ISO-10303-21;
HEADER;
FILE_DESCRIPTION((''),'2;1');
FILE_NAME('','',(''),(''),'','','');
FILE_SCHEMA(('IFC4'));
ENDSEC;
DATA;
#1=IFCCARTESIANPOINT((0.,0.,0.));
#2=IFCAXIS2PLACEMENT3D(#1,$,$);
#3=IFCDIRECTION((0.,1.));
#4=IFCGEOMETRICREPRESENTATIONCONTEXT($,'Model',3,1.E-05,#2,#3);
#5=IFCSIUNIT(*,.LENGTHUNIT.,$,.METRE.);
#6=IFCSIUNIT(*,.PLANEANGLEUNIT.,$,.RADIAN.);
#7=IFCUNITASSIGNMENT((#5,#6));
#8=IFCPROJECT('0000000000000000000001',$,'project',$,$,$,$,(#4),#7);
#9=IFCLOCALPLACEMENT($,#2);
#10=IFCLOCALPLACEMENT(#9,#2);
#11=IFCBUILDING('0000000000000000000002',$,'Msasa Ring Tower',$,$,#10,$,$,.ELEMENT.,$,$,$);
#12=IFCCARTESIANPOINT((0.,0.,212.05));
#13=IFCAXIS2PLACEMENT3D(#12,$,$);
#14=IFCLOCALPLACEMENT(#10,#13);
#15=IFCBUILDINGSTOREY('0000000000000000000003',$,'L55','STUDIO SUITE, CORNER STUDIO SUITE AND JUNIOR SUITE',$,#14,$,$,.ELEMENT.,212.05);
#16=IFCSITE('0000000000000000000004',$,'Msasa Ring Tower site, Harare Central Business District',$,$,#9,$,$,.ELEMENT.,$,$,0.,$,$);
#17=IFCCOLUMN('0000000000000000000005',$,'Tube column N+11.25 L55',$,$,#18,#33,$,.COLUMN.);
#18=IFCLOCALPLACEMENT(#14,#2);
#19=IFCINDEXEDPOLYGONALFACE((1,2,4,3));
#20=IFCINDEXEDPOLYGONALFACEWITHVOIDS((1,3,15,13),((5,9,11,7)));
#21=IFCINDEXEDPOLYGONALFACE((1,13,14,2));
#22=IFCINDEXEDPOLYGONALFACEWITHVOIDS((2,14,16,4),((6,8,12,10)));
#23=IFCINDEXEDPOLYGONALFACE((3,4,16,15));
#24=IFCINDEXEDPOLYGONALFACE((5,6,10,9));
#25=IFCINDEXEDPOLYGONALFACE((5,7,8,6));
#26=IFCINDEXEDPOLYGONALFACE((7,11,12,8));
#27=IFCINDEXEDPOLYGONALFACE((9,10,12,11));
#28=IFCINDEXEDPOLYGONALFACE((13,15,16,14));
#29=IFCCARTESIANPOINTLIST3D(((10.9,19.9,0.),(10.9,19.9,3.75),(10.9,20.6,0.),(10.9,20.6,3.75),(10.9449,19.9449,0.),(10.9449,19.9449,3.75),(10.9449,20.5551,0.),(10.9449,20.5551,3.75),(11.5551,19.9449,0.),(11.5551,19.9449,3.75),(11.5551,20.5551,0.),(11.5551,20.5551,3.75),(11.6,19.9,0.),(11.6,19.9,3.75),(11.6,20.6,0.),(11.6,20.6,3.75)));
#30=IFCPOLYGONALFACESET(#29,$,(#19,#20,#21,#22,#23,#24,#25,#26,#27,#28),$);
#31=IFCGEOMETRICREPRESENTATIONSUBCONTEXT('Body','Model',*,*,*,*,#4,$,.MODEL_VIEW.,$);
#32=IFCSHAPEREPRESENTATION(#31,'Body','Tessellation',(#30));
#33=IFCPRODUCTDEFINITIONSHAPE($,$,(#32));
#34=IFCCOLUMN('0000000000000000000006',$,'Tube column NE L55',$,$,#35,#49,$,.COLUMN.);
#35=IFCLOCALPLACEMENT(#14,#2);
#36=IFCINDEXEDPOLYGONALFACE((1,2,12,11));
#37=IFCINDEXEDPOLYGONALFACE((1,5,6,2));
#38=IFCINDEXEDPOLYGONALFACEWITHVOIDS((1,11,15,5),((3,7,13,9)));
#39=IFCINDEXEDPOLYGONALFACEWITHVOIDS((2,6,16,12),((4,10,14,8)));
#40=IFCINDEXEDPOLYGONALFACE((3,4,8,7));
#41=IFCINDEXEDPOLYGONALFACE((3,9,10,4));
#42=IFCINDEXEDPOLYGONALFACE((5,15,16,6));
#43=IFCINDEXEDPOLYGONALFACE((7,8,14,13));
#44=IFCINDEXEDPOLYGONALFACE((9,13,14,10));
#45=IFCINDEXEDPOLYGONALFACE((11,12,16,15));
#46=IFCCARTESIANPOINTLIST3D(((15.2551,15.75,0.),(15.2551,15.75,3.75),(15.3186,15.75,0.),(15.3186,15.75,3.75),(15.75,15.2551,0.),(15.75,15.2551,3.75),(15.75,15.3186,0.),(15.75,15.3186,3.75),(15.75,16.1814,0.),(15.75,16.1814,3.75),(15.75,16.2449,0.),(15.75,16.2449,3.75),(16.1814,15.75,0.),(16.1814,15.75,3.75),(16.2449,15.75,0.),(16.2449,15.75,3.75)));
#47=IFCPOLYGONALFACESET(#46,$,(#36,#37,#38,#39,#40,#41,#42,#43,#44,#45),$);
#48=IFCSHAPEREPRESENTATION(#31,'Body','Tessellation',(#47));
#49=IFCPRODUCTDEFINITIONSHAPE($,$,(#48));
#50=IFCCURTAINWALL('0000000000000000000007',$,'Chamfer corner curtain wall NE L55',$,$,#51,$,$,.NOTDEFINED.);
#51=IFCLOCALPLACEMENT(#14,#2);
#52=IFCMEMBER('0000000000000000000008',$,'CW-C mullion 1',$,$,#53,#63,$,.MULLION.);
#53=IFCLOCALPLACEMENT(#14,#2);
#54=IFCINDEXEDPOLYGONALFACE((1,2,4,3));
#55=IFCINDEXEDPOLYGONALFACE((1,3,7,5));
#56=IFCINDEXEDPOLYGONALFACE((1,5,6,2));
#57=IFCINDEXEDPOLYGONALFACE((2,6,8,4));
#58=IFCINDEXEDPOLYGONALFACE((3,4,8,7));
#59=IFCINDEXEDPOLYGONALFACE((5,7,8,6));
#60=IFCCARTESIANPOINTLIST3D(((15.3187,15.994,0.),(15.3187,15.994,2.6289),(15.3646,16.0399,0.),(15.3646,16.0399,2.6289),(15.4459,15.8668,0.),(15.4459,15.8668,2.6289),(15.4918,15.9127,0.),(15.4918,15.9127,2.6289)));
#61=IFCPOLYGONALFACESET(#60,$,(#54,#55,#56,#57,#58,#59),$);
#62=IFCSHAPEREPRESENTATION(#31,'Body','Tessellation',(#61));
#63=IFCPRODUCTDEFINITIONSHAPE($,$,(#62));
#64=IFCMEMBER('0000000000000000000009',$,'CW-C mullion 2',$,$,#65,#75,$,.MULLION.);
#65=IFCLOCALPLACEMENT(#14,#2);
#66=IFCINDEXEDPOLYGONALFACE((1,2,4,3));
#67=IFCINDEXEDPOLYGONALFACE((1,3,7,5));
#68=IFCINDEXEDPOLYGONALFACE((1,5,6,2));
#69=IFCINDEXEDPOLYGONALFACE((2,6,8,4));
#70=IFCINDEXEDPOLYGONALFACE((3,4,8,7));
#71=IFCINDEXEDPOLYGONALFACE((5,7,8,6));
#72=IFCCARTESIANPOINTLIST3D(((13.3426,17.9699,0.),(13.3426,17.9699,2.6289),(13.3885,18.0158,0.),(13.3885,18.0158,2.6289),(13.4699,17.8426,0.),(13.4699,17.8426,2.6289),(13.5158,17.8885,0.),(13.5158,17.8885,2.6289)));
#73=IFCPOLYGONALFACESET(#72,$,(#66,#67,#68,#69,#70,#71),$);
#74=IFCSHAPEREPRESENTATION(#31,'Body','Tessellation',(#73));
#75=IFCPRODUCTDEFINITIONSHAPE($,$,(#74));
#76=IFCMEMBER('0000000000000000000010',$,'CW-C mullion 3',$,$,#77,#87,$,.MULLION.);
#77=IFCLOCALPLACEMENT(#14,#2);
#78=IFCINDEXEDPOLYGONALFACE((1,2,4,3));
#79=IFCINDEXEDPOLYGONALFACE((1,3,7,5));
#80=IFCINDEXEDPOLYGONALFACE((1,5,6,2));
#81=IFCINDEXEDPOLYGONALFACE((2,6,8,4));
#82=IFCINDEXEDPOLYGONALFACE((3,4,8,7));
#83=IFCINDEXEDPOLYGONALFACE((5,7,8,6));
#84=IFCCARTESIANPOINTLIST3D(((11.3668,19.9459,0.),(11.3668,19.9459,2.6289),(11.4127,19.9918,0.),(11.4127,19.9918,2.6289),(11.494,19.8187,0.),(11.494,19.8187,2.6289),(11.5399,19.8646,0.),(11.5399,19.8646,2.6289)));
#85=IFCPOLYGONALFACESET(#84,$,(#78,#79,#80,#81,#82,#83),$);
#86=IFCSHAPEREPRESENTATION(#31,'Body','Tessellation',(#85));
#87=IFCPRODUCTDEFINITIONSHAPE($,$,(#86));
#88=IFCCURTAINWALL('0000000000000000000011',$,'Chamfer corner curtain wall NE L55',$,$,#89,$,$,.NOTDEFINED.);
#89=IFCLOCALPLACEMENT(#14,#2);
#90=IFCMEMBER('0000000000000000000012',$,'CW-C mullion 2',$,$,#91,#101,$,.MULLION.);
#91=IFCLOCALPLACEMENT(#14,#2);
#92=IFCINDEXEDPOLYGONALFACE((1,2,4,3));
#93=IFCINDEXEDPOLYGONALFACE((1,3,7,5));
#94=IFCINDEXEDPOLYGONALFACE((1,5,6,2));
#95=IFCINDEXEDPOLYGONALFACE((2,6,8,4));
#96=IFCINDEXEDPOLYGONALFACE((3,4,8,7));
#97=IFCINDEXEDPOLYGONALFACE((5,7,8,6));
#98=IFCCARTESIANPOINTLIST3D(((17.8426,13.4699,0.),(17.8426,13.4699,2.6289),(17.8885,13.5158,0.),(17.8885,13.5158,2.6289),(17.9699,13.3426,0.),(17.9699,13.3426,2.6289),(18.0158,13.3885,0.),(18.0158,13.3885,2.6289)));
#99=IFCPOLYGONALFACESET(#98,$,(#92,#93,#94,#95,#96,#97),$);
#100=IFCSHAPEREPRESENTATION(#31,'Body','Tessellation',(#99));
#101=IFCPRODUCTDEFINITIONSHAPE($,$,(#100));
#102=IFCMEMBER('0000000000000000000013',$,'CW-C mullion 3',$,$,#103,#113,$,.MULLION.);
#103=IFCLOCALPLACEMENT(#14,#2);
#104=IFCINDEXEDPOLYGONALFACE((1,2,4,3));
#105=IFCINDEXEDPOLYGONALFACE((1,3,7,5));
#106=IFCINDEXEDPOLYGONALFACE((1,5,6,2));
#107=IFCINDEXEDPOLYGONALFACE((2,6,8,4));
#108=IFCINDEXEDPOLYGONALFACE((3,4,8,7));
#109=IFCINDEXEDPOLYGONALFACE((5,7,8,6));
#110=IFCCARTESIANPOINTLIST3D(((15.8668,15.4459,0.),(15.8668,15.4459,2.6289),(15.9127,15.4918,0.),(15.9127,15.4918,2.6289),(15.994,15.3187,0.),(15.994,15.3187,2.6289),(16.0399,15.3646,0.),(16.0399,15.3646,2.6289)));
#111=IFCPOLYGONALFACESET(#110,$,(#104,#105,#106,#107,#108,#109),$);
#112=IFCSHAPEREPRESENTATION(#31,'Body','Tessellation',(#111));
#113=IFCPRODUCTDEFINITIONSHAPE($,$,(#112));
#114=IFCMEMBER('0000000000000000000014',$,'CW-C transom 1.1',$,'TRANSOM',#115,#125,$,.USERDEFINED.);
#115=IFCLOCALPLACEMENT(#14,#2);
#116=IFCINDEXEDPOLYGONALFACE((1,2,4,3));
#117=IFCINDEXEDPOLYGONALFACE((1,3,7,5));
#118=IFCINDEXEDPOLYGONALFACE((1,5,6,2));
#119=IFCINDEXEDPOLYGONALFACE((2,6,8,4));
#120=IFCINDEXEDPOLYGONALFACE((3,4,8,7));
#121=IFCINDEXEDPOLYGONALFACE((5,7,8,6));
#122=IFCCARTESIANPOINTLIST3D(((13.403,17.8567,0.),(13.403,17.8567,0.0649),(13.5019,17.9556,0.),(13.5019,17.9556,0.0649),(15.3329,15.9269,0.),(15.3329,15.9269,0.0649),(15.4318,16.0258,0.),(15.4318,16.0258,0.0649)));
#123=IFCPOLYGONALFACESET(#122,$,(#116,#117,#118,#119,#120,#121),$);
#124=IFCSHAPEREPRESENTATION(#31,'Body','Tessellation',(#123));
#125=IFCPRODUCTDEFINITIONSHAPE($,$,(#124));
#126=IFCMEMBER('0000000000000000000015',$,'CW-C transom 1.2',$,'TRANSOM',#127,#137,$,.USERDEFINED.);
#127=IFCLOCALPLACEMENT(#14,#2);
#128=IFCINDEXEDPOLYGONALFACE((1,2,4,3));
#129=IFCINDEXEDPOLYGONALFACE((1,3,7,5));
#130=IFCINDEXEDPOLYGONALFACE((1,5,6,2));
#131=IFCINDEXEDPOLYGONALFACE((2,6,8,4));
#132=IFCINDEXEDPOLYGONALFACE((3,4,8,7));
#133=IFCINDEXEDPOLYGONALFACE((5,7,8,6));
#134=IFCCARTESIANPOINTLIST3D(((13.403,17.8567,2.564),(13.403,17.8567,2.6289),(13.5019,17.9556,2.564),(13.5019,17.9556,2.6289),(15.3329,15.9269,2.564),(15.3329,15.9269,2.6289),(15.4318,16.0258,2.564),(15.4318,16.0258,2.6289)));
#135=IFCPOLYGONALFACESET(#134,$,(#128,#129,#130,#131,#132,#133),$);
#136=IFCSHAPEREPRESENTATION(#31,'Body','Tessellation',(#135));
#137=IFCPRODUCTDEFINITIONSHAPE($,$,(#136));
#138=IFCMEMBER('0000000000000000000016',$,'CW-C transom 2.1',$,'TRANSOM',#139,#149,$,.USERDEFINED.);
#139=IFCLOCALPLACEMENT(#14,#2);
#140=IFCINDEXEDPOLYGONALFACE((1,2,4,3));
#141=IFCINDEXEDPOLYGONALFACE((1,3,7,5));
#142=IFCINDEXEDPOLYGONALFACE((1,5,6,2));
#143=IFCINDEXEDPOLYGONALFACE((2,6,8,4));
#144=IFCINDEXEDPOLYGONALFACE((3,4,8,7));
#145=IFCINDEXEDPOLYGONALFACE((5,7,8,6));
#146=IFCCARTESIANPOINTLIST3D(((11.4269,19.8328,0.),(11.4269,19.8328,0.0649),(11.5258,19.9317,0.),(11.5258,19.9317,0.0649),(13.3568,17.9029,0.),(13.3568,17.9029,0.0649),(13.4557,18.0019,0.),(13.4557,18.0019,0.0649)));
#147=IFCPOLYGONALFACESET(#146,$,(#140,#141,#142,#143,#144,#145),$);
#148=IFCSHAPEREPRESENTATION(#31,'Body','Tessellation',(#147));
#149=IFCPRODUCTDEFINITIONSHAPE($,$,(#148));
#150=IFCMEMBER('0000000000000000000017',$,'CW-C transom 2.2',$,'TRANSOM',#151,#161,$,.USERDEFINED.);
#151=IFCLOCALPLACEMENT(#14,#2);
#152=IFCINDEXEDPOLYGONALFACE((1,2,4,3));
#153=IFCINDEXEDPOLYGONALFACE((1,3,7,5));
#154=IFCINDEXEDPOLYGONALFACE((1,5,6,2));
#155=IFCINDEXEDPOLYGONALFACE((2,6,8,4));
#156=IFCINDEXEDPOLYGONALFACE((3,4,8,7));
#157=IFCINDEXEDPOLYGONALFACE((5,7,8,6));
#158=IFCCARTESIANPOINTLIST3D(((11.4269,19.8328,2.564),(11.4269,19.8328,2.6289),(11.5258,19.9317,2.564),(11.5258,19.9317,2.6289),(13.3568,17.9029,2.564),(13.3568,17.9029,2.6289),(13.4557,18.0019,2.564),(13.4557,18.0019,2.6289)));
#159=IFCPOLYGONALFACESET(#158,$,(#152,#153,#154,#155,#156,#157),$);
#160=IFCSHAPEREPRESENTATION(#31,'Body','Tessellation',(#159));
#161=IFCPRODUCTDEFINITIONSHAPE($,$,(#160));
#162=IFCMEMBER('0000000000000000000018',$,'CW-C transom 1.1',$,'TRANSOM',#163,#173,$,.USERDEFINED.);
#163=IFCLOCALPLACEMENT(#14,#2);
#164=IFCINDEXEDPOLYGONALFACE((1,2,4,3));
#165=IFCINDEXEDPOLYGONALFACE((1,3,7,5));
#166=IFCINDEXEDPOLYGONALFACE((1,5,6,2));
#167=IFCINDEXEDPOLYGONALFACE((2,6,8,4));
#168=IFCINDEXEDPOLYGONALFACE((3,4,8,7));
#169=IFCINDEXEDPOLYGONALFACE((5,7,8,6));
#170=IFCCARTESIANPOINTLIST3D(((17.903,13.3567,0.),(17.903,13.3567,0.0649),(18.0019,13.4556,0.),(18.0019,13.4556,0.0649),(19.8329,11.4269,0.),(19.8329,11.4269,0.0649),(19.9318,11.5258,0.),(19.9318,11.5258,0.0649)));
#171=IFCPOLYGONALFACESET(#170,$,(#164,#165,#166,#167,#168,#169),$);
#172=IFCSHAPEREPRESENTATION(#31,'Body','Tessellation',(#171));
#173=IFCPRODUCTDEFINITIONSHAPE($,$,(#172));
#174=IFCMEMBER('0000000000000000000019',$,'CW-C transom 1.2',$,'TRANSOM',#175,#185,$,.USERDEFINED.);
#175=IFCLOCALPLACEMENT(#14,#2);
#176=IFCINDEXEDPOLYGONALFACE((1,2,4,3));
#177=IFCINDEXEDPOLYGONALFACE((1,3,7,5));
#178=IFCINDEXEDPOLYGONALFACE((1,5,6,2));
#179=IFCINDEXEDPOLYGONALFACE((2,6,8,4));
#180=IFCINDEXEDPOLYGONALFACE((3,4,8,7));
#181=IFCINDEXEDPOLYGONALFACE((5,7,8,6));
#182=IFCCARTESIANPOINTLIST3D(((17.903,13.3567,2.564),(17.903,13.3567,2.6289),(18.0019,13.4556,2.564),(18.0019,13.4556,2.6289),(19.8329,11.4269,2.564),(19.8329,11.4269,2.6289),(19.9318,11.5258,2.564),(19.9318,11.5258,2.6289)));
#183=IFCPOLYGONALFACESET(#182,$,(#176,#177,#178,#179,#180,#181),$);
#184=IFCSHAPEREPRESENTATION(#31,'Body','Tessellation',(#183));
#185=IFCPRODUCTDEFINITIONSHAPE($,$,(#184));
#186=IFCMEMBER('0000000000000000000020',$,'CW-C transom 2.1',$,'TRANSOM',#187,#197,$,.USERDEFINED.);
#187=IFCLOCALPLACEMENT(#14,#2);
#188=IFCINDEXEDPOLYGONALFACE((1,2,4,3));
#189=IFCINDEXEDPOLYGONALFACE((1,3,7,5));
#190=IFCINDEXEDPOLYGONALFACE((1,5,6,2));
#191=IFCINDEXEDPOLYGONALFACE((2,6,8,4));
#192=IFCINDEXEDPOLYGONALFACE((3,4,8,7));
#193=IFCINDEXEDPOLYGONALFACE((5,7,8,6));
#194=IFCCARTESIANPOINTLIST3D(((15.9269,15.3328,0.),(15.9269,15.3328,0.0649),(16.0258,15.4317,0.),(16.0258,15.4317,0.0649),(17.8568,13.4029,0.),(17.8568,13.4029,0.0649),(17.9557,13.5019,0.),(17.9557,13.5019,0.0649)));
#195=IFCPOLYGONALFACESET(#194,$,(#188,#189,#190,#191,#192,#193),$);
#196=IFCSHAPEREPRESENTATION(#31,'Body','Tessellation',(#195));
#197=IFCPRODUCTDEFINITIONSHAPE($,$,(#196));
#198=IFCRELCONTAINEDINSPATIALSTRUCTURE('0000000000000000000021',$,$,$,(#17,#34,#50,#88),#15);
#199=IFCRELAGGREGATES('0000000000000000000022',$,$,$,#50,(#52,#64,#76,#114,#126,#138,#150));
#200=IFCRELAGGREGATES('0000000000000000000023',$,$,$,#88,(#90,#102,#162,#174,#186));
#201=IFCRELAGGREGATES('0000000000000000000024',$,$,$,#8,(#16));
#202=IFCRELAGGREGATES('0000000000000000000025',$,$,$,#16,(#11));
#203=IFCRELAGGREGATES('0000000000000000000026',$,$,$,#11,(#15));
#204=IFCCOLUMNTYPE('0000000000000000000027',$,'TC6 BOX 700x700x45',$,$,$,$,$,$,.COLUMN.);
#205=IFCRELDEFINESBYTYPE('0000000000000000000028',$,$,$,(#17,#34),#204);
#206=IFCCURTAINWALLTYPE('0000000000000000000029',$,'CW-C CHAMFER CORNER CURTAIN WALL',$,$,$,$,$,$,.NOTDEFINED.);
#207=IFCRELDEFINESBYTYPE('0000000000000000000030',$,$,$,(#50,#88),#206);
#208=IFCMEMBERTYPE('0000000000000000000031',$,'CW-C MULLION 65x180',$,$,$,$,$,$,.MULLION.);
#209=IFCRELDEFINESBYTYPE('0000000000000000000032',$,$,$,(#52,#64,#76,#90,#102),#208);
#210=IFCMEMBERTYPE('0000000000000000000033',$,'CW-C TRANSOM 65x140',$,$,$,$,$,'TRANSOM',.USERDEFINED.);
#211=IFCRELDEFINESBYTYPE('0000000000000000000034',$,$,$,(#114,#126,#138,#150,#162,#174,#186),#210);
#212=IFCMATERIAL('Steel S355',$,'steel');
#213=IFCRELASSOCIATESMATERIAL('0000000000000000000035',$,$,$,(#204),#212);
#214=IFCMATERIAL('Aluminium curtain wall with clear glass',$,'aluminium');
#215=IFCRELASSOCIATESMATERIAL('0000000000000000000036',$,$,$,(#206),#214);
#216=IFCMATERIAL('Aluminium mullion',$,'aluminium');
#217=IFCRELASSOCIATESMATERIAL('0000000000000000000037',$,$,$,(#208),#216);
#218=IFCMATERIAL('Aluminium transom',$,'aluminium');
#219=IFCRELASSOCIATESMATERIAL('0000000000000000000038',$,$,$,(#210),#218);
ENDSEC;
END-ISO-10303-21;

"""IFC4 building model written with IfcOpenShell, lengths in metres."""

from ifc_helpers import new_model, si_unit, direction, frame, origin, origin_2d, place, context, subcontext, project, spatial, rectangle, hollow_rectangle, extrude, material, material_profile, profile_set, type_object, element, aggregate, save


model = new_model("IFC4")

# Units and contexts
model_context = context("Model", 3, precision=1e-05, world=origin(), true_north=direction((0.0, 1.0)))
body_context = subcontext(model_context, "Body", "Model", "MODEL_VIEW")
ifc_project = project(units=[si_unit("LENGTHUNIT", "METRE"), si_unit("PLANEANGLEUNIT", "RADIAN")], contexts=[model_context])

# Site, building, storey
site_placement = place(None, origin())
site = spatial("IfcSite", under=ifc_project, at=site_placement, Name="Msasa Ring Tower site, Harare Central Business District", CompositionType="ELEMENT", RefElevation=0.0)
building_placement = place(site_placement, origin())
building = spatial("IfcBuilding", under=site, at=building_placement, Name="Msasa Ring Tower", CompositionType="ELEMENT")
storey_placement = place(building_placement, frame((0.0, 0.0, 212.05)))
storey = spatial("IfcBuildingStorey", under=building, at=storey_placement, Name="L55", Description="STUDIO SUITE, CORNER STUDIO SUITE AND JUNIOR SUITE", CompositionType="ELEMENT", Elevation=212.05)

# Columns
ifc_material_1 = material(Name="Steel S355", Category="steel")
ifc_material_profile_1 = material_profile(ifc_material_1, hollow_rectangle(XDim=0.7, YDim=0.7, WallThickness=0.0449, at=origin_2d()), Name="BOX 700x700x45")
ifc_profile_set_1 = profile_set([ifc_material_profile_1], Name="Steel S355")
column_type = type_object("IfcColumnType", Name="TC6 BOX 700x700x45", PredefinedType="COLUMN", material=ifc_profile_set_1)
for number, where, z_axis, x_axis, name in (
    (1, (11.25, 20.25, 0.0), (0.0, 0.0, 1.0), (0.0, 1.0, 0.0), "Tube column N+11.25 L55"),
    (2, (15.75, 15.75, 0.0), (0.0, 0.0, 1.0), (0.707107, 0.707107, 0.0), "Tube column NE L55"),
):
    element("IfcColumn", number, at=place(storey_placement, frame(where, z_axis=z_axis, x_axis=x_axis)), inside=storey, type_object=column_type, Name=name, PredefinedType="COLUMN", context=body_context, shape_type="SweptSolid", body=[
        extrude(hollow_rectangle(XDim=0.7, YDim=0.7, WallThickness=0.0449, at=origin_2d()), origin(), (0.0, 0.0, 1.0), 3.75),
    ])

# Curtain walls, members
ifc_material_2 = material(Name="Aluminium curtain wall with clear glass", Category="aluminium")
curtain_wall_type = type_object("IfcCurtainWallType", Name="CW-C CHAMFER CORNER CURTAIN WALL", PredefinedType="NOTDEFINED", material=ifc_material_2)
curtain_wall_1_placement = place(storey_placement, origin())
curtain_wall_1 = element("IfcCurtainWall", 3, at=curtain_wall_1_placement, inside=storey, type_object=curtain_wall_type, Name="Chamfer corner curtain wall NE L55", PredefinedType="NOTDEFINED")
ifc_material_3 = material(Name="Aluminium mullion", Category="aluminium")
ifc_material_profile_2 = material_profile(ifc_material_3, rectangle(XDim=0.0649, YDim=0.1799, at=origin_2d()), Name="AL 65x180")
ifc_profile_set_2 = profile_set([ifc_material_profile_2], Name="Aluminium mullion")
member_type_1 = type_object("IfcMemberType", Name="CW-C MULLION 65x180", PredefinedType="MULLION", material=ifc_profile_set_2)
member_1_placement = place(storey_placement, frame((15.4053, 15.9534, 0.0), z_axis=(0.0, 0.0, 1.0), x_axis=(-0.707107, -0.707107, 0.0)))
member_1 = element("IfcMember", 4, at=member_1_placement, type_object=member_type_1, Name="CW-C mullion 1", PredefinedType="MULLION", context=body_context, shape_type="SweptSolid", body=[
    extrude(rectangle(XDim=0.0649, YDim=0.1799, at=origin_2d()), origin(), (0.0, 0.0, 1.0), 2.6289),
])
member_2_placement = place(storey_placement, frame((13.4292, 17.9292, 0.0), z_axis=(0.0, 0.0, 1.0), x_axis=(-0.707107, -0.707107, 0.0)))
member_2 = element("IfcMember", 5, at=member_2_placement, type_object=member_type_1, Name="CW-C mullion 2", PredefinedType="MULLION", context=body_context, shape_type="SweptSolid", body=[
    extrude(rectangle(XDim=0.0649, YDim=0.1799, at=origin_2d()), origin(), (0.0, 0.0, 1.0), 2.6289),
])
member_3_placement = place(storey_placement, frame((11.4534, 19.9053, 0.0), z_axis=(0.0, 0.0, 1.0), x_axis=(-0.707107, -0.707107, 0.0)))
member_3 = element("IfcMember", 6, at=member_3_placement, type_object=member_type_1, Name="CW-C mullion 3", PredefinedType="MULLION", context=body_context, shape_type="SweptSolid", body=[
    extrude(rectangle(XDim=0.0649, YDim=0.1799, at=origin_2d()), origin(), (0.0, 0.0, 1.0), 2.6289),
])
curtain_wall_2_placement = place(storey_placement, origin())
curtain_wall_2 = element("IfcCurtainWall", 7, at=curtain_wall_2_placement, inside=storey, type_object=curtain_wall_type, Name="Chamfer corner curtain wall NE L55", PredefinedType="NOTDEFINED")
member_4_placement = place(storey_placement, frame((17.9292, 13.4292, 0.0), z_axis=(0.0, 0.0, 1.0), x_axis=(-0.707107, -0.707107, 0.0)))
member_4 = element("IfcMember", 8, at=member_4_placement, type_object=member_type_1, Name="CW-C mullion 2", PredefinedType="MULLION", context=body_context, shape_type="SweptSolid", body=[
    extrude(rectangle(XDim=0.0649, YDim=0.1799, at=origin_2d()), origin(), (0.0, 0.0, 1.0), 2.6289),
])
member_5_placement = place(storey_placement, frame((15.9534, 15.4053, 0.0), z_axis=(0.0, 0.0, 1.0), x_axis=(-0.707107, -0.707107, 0.0)))
member_5 = element("IfcMember", 9, at=member_5_placement, type_object=member_type_1, Name="CW-C mullion 3", PredefinedType="MULLION", context=body_context, shape_type="SweptSolid", body=[
    extrude(rectangle(XDim=0.0649, YDim=0.1799, at=origin_2d()), origin(), (0.0, 0.0, 1.0), 2.6289),
])

# Members
ifc_material_4 = material(Name="Aluminium transom", Category="aluminium")
ifc_material_profile_3 = material_profile(ifc_material_4, rectangle(XDim=0.1399, YDim=0.0649, at=origin_2d()), Name="AL 65x140")
ifc_profile_set_3 = profile_set([ifc_material_profile_3], Name="Aluminium transom")
member_type_2 = type_object("IfcMemberType", Name="CW-C TRANSOM 65x140", ElementType="TRANSOM", PredefinedType="USERDEFINED", material=ifc_profile_set_3)
member_6_placement = place(storey_placement, frame((15.3823, 15.9763, 0.0325), z_axis=(-0.707107, 0.707107, 0.0), x_axis=(-0.707107, -0.707107, 0.0)))
member_6 = element("IfcMember", 10, at=member_6_placement, type_object=member_type_2, Name="CW-C transom 1.1", ObjectType="TRANSOM", PredefinedType="USERDEFINED", context=body_context, shape_type="SweptSolid", body=[
    extrude(rectangle(XDim=0.1399, YDim=0.0649, at=origin_2d()), origin(), (0.0, 0.0, 1.0), 2.7292),
])
member_7_placement = place(storey_placement, frame((15.3823, 15.9763, 2.5964), z_axis=(-0.707107, 0.707107, 0.0), x_axis=(-0.707107, -0.707107, 0.0)))
member_7 = element("IfcMember", 11, at=member_7_placement, type_object=member_type_2, Name="CW-C transom 1.2", ObjectType="TRANSOM", PredefinedType="USERDEFINED", context=body_context, shape_type="SweptSolid", body=[
    extrude(rectangle(XDim=0.1399, YDim=0.0649, at=origin_2d()), origin(), (0.0, 0.0, 1.0), 2.7292),
])
member_8_placement = place(storey_placement, frame((13.4062, 17.9524, 0.0325), z_axis=(-0.707107, 0.707107, 0.0), x_axis=(-0.707107, -0.707107, 0.0)))
member_8 = element("IfcMember", 12, at=member_8_placement, type_object=member_type_2, Name="CW-C transom 2.1", ObjectType="TRANSOM", PredefinedType="USERDEFINED", context=body_context, shape_type="SweptSolid", body=[
    extrude(rectangle(XDim=0.1399, YDim=0.0649, at=origin_2d()), origin(), (0.0, 0.0, 1.0), 2.7292),
])
member_9_placement = place(storey_placement, frame((13.4062, 17.9524, 2.5964), z_axis=(-0.707107, 0.707107, 0.0), x_axis=(-0.707107, -0.707107, 0.0)))
member_9 = element("IfcMember", 13, at=member_9_placement, type_object=member_type_2, Name="CW-C transom 2.2", ObjectType="TRANSOM", PredefinedType="USERDEFINED", context=body_context, shape_type="SweptSolid", body=[
    extrude(rectangle(XDim=0.1399, YDim=0.0649, at=origin_2d()), origin(), (0.0, 0.0, 1.0), 2.7292),
])
member_10_placement = place(storey_placement, frame((19.8823, 11.4763, 0.0325), z_axis=(-0.707107, 0.707107, 0.0), x_axis=(-0.707107, -0.707107, 0.0)))
member_10 = element("IfcMember", 14, at=member_10_placement, type_object=member_type_2, Name="CW-C transom 1.1", ObjectType="TRANSOM", PredefinedType="USERDEFINED", context=body_context, shape_type="SweptSolid", body=[
    extrude(rectangle(XDim=0.1399, YDim=0.0649, at=origin_2d()), origin(), (0.0, 0.0, 1.0), 2.7292),
])
member_11_placement = place(storey_placement, frame((19.8823, 11.4763, 2.5964), z_axis=(-0.707107, 0.707107, 0.0), x_axis=(-0.707107, -0.707107, 0.0)))
member_11 = element("IfcMember", 15, at=member_11_placement, type_object=member_type_2, Name="CW-C transom 1.2", ObjectType="TRANSOM", PredefinedType="USERDEFINED", context=body_context, shape_type="SweptSolid", body=[
    extrude(rectangle(XDim=0.1399, YDim=0.0649, at=origin_2d()), origin(), (0.0, 0.0, 1.0), 2.7292),
])
member_12_placement = place(storey_placement, frame((17.9062, 13.4524, 0.0325), z_axis=(-0.707107, 0.707107, 0.0), x_axis=(-0.707107, -0.707107, 0.0)))
member_12 = element("IfcMember", 16, at=member_12_placement, type_object=member_type_2, Name="CW-C transom 2.1", ObjectType="TRANSOM", PredefinedType="USERDEFINED", context=body_context, shape_type="SweptSolid", body=[
    extrude(rectangle(XDim=0.1399, YDim=0.0649, at=origin_2d()), origin(), (0.0, 0.0, 1.0), 2.7292),
])

aggregate(curtain_wall_1, [member_1, member_2, member_3, member_6, member_7, member_8, member_9])
aggregate(curtain_wall_2, [member_4, member_5, member_10, member_11, member_12])

save(model, "model.ifc")
